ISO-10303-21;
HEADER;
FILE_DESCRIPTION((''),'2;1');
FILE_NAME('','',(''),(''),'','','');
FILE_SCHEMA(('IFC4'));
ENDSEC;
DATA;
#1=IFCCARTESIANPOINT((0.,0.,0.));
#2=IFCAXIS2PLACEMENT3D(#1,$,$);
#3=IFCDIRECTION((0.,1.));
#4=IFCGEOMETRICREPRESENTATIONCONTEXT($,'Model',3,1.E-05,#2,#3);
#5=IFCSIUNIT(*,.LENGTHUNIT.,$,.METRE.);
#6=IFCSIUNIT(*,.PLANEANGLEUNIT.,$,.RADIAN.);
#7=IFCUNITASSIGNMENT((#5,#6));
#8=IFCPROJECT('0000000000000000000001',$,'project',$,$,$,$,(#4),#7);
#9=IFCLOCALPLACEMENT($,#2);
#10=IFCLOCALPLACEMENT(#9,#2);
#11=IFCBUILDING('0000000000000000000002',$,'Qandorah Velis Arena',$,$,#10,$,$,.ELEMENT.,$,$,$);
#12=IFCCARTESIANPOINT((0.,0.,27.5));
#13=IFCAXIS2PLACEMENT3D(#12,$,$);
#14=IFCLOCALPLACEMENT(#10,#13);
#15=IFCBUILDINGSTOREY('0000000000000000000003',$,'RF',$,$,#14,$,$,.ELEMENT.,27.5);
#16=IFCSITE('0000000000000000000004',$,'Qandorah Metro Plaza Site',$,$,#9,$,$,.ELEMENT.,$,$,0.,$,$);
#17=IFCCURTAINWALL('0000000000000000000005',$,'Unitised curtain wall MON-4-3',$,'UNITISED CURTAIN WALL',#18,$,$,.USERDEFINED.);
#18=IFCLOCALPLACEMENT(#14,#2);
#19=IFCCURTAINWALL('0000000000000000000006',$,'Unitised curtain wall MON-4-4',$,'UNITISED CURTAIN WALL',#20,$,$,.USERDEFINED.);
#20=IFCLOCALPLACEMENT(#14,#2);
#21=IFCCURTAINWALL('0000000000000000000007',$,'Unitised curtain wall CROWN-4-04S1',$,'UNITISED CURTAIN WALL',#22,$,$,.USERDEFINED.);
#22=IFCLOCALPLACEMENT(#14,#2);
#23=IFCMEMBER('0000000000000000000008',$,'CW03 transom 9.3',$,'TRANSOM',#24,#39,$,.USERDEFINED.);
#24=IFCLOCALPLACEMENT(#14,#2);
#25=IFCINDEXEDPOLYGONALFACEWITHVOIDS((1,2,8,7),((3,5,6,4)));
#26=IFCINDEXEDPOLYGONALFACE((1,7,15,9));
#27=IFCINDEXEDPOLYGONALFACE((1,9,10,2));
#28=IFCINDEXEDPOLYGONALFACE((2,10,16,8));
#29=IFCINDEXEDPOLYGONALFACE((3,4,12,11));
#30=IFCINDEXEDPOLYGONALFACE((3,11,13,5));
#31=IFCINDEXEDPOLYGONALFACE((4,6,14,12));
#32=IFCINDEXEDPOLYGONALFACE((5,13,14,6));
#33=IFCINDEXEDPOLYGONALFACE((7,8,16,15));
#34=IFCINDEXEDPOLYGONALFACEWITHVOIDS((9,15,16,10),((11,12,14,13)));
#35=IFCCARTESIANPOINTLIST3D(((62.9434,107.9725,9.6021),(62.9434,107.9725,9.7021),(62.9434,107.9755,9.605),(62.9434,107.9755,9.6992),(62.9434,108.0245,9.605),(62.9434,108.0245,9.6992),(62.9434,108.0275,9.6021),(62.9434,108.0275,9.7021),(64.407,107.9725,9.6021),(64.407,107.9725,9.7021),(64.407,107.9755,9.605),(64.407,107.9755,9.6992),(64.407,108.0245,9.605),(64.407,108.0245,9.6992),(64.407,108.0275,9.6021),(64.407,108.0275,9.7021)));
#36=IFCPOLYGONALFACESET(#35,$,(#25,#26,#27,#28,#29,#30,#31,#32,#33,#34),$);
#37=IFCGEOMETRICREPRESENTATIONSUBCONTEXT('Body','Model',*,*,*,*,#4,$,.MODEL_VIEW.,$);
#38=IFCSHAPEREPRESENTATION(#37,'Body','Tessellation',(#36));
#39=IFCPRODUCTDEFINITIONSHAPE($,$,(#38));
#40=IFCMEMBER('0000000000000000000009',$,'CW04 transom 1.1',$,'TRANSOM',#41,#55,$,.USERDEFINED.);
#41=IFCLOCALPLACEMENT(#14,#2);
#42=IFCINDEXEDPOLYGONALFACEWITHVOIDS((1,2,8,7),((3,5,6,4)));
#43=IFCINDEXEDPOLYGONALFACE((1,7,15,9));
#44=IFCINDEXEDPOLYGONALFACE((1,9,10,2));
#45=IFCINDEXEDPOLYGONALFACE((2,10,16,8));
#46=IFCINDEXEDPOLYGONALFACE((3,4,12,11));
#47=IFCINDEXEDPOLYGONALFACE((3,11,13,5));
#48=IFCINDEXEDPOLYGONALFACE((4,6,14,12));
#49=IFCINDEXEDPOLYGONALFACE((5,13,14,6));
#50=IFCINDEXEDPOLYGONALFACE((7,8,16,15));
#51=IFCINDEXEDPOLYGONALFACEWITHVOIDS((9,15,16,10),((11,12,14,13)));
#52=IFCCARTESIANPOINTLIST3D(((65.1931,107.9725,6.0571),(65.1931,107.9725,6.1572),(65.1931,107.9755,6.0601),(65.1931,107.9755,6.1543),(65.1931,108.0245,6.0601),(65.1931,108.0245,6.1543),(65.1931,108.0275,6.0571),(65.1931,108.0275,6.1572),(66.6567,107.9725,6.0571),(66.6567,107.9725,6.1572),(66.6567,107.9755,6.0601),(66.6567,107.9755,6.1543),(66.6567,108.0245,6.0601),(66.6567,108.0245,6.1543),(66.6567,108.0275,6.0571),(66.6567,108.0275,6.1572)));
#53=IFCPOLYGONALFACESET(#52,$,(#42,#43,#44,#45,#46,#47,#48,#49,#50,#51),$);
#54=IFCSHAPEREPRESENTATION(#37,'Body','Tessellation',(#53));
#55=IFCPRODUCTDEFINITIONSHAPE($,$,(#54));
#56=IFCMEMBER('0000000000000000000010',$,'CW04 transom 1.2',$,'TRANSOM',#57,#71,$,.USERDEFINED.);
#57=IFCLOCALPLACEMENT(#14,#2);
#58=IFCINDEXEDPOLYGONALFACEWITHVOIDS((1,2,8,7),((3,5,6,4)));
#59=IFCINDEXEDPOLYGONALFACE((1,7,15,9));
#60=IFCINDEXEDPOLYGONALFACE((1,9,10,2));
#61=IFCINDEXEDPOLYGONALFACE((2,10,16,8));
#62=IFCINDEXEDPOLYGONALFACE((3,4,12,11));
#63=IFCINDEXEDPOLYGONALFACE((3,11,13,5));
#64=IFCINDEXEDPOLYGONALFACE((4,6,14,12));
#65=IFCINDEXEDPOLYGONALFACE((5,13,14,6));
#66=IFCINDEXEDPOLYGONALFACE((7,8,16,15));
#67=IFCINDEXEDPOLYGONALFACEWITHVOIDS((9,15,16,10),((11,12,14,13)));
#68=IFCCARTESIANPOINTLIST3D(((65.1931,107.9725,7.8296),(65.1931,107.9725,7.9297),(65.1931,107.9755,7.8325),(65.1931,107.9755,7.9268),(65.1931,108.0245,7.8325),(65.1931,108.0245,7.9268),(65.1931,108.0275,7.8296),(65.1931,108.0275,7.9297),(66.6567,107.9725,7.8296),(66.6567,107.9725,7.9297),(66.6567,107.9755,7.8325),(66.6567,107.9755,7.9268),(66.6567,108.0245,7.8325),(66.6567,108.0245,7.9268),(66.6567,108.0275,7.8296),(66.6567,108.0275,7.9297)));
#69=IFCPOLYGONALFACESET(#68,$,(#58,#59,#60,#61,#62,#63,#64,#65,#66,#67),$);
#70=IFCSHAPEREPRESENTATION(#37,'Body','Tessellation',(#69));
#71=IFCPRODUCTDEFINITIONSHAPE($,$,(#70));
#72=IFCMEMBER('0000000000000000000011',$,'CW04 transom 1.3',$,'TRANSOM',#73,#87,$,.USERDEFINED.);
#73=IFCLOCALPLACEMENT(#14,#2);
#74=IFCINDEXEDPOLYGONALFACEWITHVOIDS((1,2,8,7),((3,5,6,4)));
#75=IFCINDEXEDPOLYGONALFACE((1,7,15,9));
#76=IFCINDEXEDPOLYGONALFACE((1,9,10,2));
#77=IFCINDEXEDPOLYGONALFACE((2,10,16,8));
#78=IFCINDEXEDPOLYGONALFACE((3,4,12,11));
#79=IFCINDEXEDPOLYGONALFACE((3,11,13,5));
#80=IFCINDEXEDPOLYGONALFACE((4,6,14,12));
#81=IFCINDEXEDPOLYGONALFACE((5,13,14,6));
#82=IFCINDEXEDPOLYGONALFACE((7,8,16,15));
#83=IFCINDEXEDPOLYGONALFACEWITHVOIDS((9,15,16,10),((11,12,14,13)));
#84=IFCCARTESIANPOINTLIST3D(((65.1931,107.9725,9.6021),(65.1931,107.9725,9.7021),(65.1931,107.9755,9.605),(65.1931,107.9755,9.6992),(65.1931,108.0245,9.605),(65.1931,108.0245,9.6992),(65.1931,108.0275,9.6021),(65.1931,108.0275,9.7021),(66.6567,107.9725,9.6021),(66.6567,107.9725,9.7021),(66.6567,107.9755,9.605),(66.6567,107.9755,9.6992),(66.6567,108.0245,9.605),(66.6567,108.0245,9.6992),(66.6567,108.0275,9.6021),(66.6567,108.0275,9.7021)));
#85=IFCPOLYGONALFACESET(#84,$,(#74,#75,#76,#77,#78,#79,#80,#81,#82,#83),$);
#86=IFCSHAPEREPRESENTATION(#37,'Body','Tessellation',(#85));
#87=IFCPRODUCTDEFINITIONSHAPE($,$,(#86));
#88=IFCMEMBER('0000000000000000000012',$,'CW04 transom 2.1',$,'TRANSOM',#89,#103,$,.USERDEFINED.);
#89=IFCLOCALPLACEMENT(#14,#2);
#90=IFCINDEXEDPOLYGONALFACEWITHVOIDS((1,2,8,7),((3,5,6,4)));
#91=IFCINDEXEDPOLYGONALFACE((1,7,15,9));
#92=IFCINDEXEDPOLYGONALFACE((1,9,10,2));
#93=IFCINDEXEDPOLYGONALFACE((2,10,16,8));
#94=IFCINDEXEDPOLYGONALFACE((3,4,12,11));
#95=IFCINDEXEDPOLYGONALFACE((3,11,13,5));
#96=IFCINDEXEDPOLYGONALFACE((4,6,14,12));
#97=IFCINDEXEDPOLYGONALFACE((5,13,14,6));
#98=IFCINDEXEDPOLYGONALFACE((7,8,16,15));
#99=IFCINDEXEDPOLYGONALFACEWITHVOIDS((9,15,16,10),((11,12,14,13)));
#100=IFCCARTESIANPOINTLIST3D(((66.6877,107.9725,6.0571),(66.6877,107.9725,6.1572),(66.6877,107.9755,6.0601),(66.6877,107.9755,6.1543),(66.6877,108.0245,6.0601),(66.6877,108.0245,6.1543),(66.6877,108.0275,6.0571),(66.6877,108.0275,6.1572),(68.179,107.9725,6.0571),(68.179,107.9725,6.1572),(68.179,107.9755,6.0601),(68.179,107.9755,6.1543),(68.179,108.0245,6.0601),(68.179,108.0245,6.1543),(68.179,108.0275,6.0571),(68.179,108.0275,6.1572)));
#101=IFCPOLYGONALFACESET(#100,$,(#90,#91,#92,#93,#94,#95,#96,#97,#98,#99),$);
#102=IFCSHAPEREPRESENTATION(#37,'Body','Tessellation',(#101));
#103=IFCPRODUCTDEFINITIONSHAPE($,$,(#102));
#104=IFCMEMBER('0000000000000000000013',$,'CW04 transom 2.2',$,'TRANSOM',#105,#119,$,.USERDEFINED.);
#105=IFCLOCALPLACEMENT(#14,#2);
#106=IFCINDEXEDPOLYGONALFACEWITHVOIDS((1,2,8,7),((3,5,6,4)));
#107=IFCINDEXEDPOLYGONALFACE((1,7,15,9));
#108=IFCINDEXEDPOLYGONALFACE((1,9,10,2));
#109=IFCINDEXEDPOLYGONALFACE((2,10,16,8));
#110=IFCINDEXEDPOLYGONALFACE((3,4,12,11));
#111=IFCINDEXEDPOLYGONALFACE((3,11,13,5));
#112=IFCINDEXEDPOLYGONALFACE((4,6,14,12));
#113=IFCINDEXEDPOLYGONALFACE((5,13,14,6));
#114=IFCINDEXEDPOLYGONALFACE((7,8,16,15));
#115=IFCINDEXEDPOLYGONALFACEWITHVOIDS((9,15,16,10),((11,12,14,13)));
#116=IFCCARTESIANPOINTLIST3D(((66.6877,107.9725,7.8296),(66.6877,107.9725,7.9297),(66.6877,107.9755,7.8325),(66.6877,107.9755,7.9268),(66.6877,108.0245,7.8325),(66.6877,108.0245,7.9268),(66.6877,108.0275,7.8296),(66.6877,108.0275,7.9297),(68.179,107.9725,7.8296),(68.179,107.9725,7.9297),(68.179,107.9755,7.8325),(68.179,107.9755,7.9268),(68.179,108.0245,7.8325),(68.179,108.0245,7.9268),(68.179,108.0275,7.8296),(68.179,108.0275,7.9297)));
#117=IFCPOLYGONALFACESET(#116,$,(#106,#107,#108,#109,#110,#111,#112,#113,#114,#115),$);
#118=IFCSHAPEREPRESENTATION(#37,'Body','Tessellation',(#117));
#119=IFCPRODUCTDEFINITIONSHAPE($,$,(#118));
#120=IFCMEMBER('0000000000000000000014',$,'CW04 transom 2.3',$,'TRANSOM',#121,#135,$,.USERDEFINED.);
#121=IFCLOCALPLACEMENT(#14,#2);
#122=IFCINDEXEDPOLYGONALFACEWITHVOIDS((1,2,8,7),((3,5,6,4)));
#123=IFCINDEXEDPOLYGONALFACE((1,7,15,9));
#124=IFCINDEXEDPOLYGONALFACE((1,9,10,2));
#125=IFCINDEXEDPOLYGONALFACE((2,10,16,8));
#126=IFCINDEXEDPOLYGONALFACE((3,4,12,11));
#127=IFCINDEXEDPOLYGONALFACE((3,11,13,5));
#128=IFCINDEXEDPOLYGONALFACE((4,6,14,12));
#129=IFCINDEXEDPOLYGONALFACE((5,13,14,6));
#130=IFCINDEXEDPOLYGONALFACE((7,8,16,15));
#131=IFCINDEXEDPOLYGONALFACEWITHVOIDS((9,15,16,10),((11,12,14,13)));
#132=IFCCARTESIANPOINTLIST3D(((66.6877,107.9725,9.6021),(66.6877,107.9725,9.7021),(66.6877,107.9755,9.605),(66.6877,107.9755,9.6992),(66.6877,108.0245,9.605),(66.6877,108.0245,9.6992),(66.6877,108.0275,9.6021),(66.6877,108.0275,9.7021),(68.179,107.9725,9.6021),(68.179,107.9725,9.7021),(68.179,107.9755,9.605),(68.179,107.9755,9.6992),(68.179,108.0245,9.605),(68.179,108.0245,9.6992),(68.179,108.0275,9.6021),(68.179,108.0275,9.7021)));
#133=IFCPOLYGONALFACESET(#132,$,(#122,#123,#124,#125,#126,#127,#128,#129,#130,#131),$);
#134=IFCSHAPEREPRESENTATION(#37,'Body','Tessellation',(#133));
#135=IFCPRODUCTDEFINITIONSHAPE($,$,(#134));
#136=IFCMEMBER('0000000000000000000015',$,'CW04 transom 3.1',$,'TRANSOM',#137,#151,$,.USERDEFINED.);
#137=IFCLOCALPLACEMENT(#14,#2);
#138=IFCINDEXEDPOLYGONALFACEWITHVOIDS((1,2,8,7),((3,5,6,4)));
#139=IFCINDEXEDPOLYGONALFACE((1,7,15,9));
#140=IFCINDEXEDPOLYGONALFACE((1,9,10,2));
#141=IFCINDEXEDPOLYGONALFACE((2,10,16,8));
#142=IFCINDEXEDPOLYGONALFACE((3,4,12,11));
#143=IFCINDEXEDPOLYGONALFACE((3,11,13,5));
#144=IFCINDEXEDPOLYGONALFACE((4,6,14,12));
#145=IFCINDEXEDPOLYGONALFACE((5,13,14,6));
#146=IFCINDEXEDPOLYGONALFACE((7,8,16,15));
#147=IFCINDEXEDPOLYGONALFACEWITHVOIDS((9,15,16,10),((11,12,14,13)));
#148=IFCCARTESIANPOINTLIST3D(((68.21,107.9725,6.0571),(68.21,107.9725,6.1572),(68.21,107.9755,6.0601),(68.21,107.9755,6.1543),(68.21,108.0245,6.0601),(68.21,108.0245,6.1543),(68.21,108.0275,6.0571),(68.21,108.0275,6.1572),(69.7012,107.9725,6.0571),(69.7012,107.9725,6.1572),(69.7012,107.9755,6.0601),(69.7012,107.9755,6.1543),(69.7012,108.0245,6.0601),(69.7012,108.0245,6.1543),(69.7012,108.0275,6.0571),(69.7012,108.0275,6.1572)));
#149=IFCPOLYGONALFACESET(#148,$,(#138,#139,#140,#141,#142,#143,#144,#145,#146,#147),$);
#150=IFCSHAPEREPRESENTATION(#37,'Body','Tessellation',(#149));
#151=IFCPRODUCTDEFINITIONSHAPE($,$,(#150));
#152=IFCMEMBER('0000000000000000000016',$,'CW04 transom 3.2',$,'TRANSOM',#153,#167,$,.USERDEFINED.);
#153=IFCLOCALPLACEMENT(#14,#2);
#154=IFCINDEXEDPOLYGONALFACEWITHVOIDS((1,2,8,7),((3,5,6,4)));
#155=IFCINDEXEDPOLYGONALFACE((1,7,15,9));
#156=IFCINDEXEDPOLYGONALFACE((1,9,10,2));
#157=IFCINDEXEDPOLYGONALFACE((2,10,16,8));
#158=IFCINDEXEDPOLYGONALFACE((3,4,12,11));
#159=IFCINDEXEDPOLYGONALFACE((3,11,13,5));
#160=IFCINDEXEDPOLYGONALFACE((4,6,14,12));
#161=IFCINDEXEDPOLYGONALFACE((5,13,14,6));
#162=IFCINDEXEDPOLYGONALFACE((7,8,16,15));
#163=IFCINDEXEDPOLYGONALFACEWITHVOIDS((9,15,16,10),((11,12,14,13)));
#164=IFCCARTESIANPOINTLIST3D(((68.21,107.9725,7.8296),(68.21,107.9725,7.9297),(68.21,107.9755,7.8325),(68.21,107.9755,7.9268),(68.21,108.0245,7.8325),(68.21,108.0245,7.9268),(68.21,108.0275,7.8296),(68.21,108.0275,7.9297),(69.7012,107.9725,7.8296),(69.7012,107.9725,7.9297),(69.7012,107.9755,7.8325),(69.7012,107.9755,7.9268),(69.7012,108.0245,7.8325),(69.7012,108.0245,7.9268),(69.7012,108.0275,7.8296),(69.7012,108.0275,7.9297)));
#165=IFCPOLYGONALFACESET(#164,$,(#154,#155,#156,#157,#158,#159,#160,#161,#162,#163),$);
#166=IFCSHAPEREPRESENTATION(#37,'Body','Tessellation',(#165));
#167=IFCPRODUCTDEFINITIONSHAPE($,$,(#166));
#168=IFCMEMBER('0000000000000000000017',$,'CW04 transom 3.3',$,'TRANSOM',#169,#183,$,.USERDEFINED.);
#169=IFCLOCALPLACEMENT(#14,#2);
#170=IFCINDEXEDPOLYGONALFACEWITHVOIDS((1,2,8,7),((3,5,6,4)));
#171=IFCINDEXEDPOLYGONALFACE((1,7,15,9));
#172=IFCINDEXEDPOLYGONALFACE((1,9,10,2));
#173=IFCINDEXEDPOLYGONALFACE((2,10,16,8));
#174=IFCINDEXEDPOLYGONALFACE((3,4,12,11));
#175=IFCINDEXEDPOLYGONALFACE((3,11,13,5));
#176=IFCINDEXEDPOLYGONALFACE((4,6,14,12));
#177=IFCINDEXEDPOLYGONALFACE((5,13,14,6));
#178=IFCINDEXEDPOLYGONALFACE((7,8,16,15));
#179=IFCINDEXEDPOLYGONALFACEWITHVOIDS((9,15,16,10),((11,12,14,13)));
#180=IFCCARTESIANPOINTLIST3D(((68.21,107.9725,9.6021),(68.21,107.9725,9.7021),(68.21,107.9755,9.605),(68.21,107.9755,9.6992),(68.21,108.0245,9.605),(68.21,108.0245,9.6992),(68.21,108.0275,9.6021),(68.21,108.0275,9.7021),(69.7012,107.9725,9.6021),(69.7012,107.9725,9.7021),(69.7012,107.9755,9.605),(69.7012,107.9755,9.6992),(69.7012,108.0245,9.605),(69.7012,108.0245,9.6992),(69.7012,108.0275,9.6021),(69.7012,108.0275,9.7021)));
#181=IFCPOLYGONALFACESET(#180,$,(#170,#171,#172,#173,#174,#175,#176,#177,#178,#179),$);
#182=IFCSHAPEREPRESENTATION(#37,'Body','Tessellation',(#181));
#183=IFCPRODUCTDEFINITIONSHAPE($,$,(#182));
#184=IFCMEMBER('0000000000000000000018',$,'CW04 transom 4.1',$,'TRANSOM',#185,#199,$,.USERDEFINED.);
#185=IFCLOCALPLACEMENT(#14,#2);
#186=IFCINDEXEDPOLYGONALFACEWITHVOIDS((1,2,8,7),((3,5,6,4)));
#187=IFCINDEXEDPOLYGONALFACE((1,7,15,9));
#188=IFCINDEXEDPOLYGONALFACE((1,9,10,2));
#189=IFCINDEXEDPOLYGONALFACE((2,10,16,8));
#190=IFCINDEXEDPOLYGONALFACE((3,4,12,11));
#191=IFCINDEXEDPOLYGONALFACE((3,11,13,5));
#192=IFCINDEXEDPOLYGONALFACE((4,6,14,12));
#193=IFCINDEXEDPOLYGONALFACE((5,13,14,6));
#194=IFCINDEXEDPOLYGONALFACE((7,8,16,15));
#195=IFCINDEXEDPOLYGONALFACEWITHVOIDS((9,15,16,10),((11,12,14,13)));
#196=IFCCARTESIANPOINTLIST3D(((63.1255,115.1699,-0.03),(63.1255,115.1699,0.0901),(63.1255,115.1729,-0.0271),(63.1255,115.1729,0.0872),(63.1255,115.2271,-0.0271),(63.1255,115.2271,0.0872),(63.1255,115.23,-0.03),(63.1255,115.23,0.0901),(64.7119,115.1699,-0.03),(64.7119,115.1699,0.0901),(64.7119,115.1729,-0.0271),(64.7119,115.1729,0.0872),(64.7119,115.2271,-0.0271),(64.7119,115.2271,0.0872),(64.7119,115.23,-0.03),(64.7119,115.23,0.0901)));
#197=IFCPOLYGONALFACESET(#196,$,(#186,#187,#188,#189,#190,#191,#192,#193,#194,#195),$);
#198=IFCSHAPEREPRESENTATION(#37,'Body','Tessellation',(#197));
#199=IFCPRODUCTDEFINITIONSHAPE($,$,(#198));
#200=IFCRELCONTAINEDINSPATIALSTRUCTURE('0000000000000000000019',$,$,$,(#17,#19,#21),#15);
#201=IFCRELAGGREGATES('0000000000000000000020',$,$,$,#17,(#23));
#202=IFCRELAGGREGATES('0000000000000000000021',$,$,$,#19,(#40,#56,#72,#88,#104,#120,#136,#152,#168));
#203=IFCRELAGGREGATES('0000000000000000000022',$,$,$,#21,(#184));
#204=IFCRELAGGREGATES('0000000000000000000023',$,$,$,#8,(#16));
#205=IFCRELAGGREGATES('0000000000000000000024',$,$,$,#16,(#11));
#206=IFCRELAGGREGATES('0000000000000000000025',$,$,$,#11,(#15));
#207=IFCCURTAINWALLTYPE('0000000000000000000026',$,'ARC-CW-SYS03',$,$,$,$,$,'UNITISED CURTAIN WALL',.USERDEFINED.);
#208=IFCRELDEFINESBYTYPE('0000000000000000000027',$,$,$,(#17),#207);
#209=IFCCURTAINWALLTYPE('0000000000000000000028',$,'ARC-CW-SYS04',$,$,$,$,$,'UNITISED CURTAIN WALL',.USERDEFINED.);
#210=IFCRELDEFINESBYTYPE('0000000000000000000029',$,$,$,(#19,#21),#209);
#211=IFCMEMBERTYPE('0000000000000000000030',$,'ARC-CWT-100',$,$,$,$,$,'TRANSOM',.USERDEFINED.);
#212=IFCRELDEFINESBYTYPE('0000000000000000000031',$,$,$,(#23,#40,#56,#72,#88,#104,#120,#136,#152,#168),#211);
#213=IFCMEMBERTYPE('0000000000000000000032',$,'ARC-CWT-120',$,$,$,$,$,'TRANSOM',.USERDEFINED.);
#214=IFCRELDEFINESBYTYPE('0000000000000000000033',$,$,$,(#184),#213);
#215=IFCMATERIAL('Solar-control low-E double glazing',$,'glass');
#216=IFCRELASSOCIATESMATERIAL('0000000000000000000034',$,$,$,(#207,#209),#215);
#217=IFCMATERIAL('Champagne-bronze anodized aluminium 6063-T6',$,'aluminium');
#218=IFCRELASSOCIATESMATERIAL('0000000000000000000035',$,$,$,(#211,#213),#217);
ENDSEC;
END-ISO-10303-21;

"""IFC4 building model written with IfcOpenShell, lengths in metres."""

from ifc_helpers import new_model, si_unit, direction, frame, origin, origin_2d, place, context, subcontext, project, spatial, hollow_rectangle, extrude, material, material_profile, profile_set, type_object, element, aggregate, save


model = new_model("IFC4")

# Units and contexts
model_context = context("Model", 3, precision=1e-05, world=origin(), true_north=direction((0.0, 1.0)))
body_context = subcontext(model_context, "Body", "Model", "MODEL_VIEW")
ifc_project = project(units=[si_unit("LENGTHUNIT", "METRE"), si_unit("PLANEANGLEUNIT", "RADIAN")], contexts=[model_context])

# Site, building, storey
site_placement = place(None, origin())
site = spatial("IfcSite", under=ifc_project, at=site_placement, Name="Qandorah Metro Plaza Site", CompositionType="ELEMENT", RefElevation=0.0)
building_placement = place(site_placement, origin())
building = spatial("IfcBuilding", under=site, at=building_placement, Name="Qandorah Velis Arena", CompositionType="ELEMENT")
storey_placement = place(building_placement, frame((0.0, 0.0, 27.5)))
storey = spatial("IfcBuildingStorey", under=building, at=storey_placement, Name="RF", CompositionType="ELEMENT", Elevation=27.5)

# Curtain walls
ifc_material_1 = material(Name="Solar-control low-E double glazing", Category="glass")
curtain_wall_type_1 = type_object("IfcCurtainWallType", Name="ARC-CW-SYS03", ElementType="UNITISED CURTAIN WALL", PredefinedType="USERDEFINED", material=ifc_material_1)
curtain_wall_1_placement = place(storey_placement, origin())
curtain_wall_1 = element("IfcCurtainWall", 1, at=curtain_wall_1_placement, inside=storey, type_object=curtain_wall_type_1, Name="Unitised curtain wall MON-4-3", ObjectType="UNITISED CURTAIN WALL", PredefinedType="USERDEFINED")
ifc_material_2 = material(Name="Champagne-bronze anodized aluminium 6063-T6", Category="aluminium")
curtain_wall_type_2 = type_object("IfcCurtainWallType", Name="ARC-CW-SYS04", ElementType="UNITISED CURTAIN WALL", PredefinedType="USERDEFINED", material=ifc_material_1)
curtain_wall_2_placement = place(storey_placement, origin())
curtain_wall_2 = element("IfcCurtainWall", 2, at=curtain_wall_2_placement, inside=storey, type_object=curtain_wall_type_2, Name="Unitised curtain wall MON-4-4", ObjectType="UNITISED CURTAIN WALL", PredefinedType="USERDEFINED")
curtain_wall_3_placement = place(storey_placement, origin())
curtain_wall_3 = element("IfcCurtainWall", 3, at=curtain_wall_3_placement, inside=storey, type_object=curtain_wall_type_2, Name="Unitised curtain wall CROWN-4-04S1", ObjectType="UNITISED CURTAIN WALL", PredefinedType="USERDEFINED")

# Members
ifc_material_profile_1 = material_profile(ifc_material_2, hollow_rectangle(XDim=0.0549, YDim=0.1001, WallThickness=0.0029, at=origin_2d()), Name="ALU TRANSOM 55x100")
ifc_profile_set_1 = profile_set([ifc_material_profile_1], Name="Champagne-bronze anodized aluminium 6063-T6")
member_type_1 = type_object("IfcMemberType", Name="ARC-CWT-100", ElementType="TRANSOM", PredefinedType="USERDEFINED", material=ifc_profile_set_1)
member_1_placement = place(storey_placement, frame((62.9434, 108.0, 9.6521), z_axis=(1.0, 0.0, 0.0), x_axis=(0.0, 1.0, 0.0)))
member_1 = element("IfcMember", 4, at=member_1_placement, type_object=member_type_1, Name="CW03 transom 9.3", ObjectType="TRANSOM", PredefinedType="USERDEFINED", context=body_context, shape_type="SweptSolid", body=[
    extrude(hollow_rectangle(XDim=0.0549, YDim=0.1001, WallThickness=0.0029, at=origin_2d()), origin(), (0.0, 0.0, 1.0), 1.4636),
])
member_2_placement = place(storey_placement, frame((65.1931, 108.0, 6.1072), z_axis=(1.0, 0.0, 0.0), x_axis=(0.0, 1.0, 0.0)))
member_2 = element("IfcMember", 5, at=member_2_placement, type_object=member_type_1, Name="CW04 transom 1.1", ObjectType="TRANSOM", PredefinedType="USERDEFINED", context=body_context, shape_type="SweptSolid", body=[
    extrude(hollow_rectangle(XDim=0.0549, YDim=0.1001, WallThickness=0.0029, at=origin_2d()), origin(), (0.0, 0.0, 1.0), 1.4636),
])
member_3_placement = place(storey_placement, frame((65.1931, 108.0, 7.8796), z_axis=(1.0, 0.0, 0.0), x_axis=(0.0, 1.0, 0.0)))
member_3 = element("IfcMember", 6, at=member_3_placement, type_object=member_type_1, Name="CW04 transom 1.2", ObjectType="TRANSOM", PredefinedType="USERDEFINED", context=body_context, shape_type="SweptSolid", body=[
    extrude(hollow_rectangle(XDim=0.0549, YDim=0.1001, WallThickness=0.0029, at=origin_2d()), origin(), (0.0, 0.0, 1.0), 1.4636),
])
member_4_placement = place(storey_placement, frame((65.1931, 108.0, 9.6521), z_axis=(1.0, 0.0, 0.0), x_axis=(0.0, 1.0, 0.0)))
member_4 = element("IfcMember", 7, at=member_4_placement, type_object=member_type_1, Name="CW04 transom 1.3", ObjectType="TRANSOM", PredefinedType="USERDEFINED", context=body_context, shape_type="SweptSolid", body=[
    extrude(hollow_rectangle(XDim=0.0549, YDim=0.1001, WallThickness=0.0029, at=origin_2d()), origin(), (0.0, 0.0, 1.0), 1.4636),
])
member_5_placement = place(storey_placement, frame((66.6877, 108.0, 6.1072), z_axis=(1.0, 0.0, 0.0), x_axis=(0.0, 1.0, 0.0)))
member_5 = element("IfcMember", 8, at=member_5_placement, type_object=member_type_1, Name="CW04 transom 2.1", ObjectType="TRANSOM", PredefinedType="USERDEFINED", context=body_context, shape_type="SweptSolid", body=[
    extrude(hollow_rectangle(XDim=0.0549, YDim=0.1001, WallThickness=0.0029, at=origin_2d()), origin(), (0.0, 0.0, 1.0), 1.4912),
])
member_6_placement = place(storey_placement, frame((66.6877, 108.0, 7.8796), z_axis=(1.0, 0.0, 0.0), x_axis=(0.0, 1.0, 0.0)))
member_6 = element("IfcMember", 9, at=member_6_placement, type_object=member_type_1, Name="CW04 transom 2.2", ObjectType="TRANSOM", PredefinedType="USERDEFINED", context=body_context, shape_type="SweptSolid", body=[
    extrude(hollow_rectangle(XDim=0.0549, YDim=0.1001, WallThickness=0.0029, at=origin_2d()), origin(), (0.0, 0.0, 1.0), 1.4912),
])
member_7_placement = place(storey_placement, frame((66.6877, 108.0, 9.6521), z_axis=(1.0, 0.0, 0.0), x_axis=(0.0, 1.0, 0.0)))
member_7 = element("IfcMember", 10, at=member_7_placement, type_object=member_type_1, Name="CW04 transom 2.3", ObjectType="TRANSOM", PredefinedType="USERDEFINED", context=body_context, shape_type="SweptSolid", body=[
    extrude(hollow_rectangle(XDim=0.0549, YDim=0.1001, WallThickness=0.0029, at=origin_2d()), origin(), (0.0, 0.0, 1.0), 1.4912),
])
member_8_placement = place(storey_placement, frame((68.21, 108.0, 6.1072), z_axis=(1.0, 0.0, 0.0), x_axis=(0.0, 1.0, 0.0)))
member_8 = element("IfcMember", 11, at=member_8_placement, type_object=member_type_1, Name="CW04 transom 3.1", ObjectType="TRANSOM", PredefinedType="USERDEFINED", context=body_context, shape_type="SweptSolid", body=[
    extrude(hollow_rectangle(XDim=0.0549, YDim=0.1001, WallThickness=0.0029, at=origin_2d()), origin(), (0.0, 0.0, 1.0), 1.4912),
])
member_9_placement = place(storey_placement, frame((68.21, 108.0, 7.8796), z_axis=(1.0, 0.0, 0.0), x_axis=(0.0, 1.0, 0.0)))
member_9 = element("IfcMember", 12, at=member_9_placement, type_object=member_type_1, Name="CW04 transom 3.2", ObjectType="TRANSOM", PredefinedType="USERDEFINED", context=body_context, shape_type="SweptSolid", body=[
    extrude(hollow_rectangle(XDim=0.0549, YDim=0.1001, WallThickness=0.0029, at=origin_2d()), origin(), (0.0, 0.0, 1.0), 1.4912),
])
member_10_placement = place(storey_placement, frame((68.21, 108.0, 9.6521), z_axis=(1.0, 0.0, 0.0), x_axis=(0.0, 1.0, 0.0)))
member_10 = element("IfcMember", 13, at=member_10_placement, type_object=member_type_1, Name="CW04 transom 3.3", ObjectType="TRANSOM", PredefinedType="USERDEFINED", context=body_context, shape_type="SweptSolid", body=[
    extrude(hollow_rectangle(XDim=0.0549, YDim=0.1001, WallThickness=0.0029, at=origin_2d()), origin(), (0.0, 0.0, 1.0), 1.4912),
])
ifc_material_profile_2 = material_profile(ifc_material_2, hollow_rectangle(XDim=0.0601, YDim=0.1201, WallThickness=0.0029, at=origin_2d()), Name="ALU TRANSOM 60x120")
ifc_profile_set_2 = profile_set([ifc_material_profile_2], Name="Champagne-bronze anodized aluminium 6063-T6")
member_type_2 = type_object("IfcMemberType", Name="ARC-CWT-120", ElementType="TRANSOM", PredefinedType="USERDEFINED", material=ifc_profile_set_2)
member_11_placement = place(storey_placement, frame((63.1255, 115.2, 0.03), z_axis=(1.0, 0.0, 0.0), x_axis=(0.0, 1.0, 0.0)))
member_11 = element("IfcMember", 14, at=member_11_placement, type_object=member_type_2, Name="CW04 transom 4.1", ObjectType="TRANSOM", PredefinedType="USERDEFINED", context=body_context, shape_type="SweptSolid", body=[
    extrude(hollow_rectangle(XDim=0.0601, YDim=0.1201, WallThickness=0.0029, at=origin_2d()), origin(), (0.0, 0.0, 1.0), 1.5864),
])

aggregate(curtain_wall_1, [member_1])
aggregate(curtain_wall_2, [member_2, member_3, member_4, member_5, member_6, member_7, member_8, member_9, member_10])
aggregate(curtain_wall_3, [member_11])

save(model, "model.ifc")
